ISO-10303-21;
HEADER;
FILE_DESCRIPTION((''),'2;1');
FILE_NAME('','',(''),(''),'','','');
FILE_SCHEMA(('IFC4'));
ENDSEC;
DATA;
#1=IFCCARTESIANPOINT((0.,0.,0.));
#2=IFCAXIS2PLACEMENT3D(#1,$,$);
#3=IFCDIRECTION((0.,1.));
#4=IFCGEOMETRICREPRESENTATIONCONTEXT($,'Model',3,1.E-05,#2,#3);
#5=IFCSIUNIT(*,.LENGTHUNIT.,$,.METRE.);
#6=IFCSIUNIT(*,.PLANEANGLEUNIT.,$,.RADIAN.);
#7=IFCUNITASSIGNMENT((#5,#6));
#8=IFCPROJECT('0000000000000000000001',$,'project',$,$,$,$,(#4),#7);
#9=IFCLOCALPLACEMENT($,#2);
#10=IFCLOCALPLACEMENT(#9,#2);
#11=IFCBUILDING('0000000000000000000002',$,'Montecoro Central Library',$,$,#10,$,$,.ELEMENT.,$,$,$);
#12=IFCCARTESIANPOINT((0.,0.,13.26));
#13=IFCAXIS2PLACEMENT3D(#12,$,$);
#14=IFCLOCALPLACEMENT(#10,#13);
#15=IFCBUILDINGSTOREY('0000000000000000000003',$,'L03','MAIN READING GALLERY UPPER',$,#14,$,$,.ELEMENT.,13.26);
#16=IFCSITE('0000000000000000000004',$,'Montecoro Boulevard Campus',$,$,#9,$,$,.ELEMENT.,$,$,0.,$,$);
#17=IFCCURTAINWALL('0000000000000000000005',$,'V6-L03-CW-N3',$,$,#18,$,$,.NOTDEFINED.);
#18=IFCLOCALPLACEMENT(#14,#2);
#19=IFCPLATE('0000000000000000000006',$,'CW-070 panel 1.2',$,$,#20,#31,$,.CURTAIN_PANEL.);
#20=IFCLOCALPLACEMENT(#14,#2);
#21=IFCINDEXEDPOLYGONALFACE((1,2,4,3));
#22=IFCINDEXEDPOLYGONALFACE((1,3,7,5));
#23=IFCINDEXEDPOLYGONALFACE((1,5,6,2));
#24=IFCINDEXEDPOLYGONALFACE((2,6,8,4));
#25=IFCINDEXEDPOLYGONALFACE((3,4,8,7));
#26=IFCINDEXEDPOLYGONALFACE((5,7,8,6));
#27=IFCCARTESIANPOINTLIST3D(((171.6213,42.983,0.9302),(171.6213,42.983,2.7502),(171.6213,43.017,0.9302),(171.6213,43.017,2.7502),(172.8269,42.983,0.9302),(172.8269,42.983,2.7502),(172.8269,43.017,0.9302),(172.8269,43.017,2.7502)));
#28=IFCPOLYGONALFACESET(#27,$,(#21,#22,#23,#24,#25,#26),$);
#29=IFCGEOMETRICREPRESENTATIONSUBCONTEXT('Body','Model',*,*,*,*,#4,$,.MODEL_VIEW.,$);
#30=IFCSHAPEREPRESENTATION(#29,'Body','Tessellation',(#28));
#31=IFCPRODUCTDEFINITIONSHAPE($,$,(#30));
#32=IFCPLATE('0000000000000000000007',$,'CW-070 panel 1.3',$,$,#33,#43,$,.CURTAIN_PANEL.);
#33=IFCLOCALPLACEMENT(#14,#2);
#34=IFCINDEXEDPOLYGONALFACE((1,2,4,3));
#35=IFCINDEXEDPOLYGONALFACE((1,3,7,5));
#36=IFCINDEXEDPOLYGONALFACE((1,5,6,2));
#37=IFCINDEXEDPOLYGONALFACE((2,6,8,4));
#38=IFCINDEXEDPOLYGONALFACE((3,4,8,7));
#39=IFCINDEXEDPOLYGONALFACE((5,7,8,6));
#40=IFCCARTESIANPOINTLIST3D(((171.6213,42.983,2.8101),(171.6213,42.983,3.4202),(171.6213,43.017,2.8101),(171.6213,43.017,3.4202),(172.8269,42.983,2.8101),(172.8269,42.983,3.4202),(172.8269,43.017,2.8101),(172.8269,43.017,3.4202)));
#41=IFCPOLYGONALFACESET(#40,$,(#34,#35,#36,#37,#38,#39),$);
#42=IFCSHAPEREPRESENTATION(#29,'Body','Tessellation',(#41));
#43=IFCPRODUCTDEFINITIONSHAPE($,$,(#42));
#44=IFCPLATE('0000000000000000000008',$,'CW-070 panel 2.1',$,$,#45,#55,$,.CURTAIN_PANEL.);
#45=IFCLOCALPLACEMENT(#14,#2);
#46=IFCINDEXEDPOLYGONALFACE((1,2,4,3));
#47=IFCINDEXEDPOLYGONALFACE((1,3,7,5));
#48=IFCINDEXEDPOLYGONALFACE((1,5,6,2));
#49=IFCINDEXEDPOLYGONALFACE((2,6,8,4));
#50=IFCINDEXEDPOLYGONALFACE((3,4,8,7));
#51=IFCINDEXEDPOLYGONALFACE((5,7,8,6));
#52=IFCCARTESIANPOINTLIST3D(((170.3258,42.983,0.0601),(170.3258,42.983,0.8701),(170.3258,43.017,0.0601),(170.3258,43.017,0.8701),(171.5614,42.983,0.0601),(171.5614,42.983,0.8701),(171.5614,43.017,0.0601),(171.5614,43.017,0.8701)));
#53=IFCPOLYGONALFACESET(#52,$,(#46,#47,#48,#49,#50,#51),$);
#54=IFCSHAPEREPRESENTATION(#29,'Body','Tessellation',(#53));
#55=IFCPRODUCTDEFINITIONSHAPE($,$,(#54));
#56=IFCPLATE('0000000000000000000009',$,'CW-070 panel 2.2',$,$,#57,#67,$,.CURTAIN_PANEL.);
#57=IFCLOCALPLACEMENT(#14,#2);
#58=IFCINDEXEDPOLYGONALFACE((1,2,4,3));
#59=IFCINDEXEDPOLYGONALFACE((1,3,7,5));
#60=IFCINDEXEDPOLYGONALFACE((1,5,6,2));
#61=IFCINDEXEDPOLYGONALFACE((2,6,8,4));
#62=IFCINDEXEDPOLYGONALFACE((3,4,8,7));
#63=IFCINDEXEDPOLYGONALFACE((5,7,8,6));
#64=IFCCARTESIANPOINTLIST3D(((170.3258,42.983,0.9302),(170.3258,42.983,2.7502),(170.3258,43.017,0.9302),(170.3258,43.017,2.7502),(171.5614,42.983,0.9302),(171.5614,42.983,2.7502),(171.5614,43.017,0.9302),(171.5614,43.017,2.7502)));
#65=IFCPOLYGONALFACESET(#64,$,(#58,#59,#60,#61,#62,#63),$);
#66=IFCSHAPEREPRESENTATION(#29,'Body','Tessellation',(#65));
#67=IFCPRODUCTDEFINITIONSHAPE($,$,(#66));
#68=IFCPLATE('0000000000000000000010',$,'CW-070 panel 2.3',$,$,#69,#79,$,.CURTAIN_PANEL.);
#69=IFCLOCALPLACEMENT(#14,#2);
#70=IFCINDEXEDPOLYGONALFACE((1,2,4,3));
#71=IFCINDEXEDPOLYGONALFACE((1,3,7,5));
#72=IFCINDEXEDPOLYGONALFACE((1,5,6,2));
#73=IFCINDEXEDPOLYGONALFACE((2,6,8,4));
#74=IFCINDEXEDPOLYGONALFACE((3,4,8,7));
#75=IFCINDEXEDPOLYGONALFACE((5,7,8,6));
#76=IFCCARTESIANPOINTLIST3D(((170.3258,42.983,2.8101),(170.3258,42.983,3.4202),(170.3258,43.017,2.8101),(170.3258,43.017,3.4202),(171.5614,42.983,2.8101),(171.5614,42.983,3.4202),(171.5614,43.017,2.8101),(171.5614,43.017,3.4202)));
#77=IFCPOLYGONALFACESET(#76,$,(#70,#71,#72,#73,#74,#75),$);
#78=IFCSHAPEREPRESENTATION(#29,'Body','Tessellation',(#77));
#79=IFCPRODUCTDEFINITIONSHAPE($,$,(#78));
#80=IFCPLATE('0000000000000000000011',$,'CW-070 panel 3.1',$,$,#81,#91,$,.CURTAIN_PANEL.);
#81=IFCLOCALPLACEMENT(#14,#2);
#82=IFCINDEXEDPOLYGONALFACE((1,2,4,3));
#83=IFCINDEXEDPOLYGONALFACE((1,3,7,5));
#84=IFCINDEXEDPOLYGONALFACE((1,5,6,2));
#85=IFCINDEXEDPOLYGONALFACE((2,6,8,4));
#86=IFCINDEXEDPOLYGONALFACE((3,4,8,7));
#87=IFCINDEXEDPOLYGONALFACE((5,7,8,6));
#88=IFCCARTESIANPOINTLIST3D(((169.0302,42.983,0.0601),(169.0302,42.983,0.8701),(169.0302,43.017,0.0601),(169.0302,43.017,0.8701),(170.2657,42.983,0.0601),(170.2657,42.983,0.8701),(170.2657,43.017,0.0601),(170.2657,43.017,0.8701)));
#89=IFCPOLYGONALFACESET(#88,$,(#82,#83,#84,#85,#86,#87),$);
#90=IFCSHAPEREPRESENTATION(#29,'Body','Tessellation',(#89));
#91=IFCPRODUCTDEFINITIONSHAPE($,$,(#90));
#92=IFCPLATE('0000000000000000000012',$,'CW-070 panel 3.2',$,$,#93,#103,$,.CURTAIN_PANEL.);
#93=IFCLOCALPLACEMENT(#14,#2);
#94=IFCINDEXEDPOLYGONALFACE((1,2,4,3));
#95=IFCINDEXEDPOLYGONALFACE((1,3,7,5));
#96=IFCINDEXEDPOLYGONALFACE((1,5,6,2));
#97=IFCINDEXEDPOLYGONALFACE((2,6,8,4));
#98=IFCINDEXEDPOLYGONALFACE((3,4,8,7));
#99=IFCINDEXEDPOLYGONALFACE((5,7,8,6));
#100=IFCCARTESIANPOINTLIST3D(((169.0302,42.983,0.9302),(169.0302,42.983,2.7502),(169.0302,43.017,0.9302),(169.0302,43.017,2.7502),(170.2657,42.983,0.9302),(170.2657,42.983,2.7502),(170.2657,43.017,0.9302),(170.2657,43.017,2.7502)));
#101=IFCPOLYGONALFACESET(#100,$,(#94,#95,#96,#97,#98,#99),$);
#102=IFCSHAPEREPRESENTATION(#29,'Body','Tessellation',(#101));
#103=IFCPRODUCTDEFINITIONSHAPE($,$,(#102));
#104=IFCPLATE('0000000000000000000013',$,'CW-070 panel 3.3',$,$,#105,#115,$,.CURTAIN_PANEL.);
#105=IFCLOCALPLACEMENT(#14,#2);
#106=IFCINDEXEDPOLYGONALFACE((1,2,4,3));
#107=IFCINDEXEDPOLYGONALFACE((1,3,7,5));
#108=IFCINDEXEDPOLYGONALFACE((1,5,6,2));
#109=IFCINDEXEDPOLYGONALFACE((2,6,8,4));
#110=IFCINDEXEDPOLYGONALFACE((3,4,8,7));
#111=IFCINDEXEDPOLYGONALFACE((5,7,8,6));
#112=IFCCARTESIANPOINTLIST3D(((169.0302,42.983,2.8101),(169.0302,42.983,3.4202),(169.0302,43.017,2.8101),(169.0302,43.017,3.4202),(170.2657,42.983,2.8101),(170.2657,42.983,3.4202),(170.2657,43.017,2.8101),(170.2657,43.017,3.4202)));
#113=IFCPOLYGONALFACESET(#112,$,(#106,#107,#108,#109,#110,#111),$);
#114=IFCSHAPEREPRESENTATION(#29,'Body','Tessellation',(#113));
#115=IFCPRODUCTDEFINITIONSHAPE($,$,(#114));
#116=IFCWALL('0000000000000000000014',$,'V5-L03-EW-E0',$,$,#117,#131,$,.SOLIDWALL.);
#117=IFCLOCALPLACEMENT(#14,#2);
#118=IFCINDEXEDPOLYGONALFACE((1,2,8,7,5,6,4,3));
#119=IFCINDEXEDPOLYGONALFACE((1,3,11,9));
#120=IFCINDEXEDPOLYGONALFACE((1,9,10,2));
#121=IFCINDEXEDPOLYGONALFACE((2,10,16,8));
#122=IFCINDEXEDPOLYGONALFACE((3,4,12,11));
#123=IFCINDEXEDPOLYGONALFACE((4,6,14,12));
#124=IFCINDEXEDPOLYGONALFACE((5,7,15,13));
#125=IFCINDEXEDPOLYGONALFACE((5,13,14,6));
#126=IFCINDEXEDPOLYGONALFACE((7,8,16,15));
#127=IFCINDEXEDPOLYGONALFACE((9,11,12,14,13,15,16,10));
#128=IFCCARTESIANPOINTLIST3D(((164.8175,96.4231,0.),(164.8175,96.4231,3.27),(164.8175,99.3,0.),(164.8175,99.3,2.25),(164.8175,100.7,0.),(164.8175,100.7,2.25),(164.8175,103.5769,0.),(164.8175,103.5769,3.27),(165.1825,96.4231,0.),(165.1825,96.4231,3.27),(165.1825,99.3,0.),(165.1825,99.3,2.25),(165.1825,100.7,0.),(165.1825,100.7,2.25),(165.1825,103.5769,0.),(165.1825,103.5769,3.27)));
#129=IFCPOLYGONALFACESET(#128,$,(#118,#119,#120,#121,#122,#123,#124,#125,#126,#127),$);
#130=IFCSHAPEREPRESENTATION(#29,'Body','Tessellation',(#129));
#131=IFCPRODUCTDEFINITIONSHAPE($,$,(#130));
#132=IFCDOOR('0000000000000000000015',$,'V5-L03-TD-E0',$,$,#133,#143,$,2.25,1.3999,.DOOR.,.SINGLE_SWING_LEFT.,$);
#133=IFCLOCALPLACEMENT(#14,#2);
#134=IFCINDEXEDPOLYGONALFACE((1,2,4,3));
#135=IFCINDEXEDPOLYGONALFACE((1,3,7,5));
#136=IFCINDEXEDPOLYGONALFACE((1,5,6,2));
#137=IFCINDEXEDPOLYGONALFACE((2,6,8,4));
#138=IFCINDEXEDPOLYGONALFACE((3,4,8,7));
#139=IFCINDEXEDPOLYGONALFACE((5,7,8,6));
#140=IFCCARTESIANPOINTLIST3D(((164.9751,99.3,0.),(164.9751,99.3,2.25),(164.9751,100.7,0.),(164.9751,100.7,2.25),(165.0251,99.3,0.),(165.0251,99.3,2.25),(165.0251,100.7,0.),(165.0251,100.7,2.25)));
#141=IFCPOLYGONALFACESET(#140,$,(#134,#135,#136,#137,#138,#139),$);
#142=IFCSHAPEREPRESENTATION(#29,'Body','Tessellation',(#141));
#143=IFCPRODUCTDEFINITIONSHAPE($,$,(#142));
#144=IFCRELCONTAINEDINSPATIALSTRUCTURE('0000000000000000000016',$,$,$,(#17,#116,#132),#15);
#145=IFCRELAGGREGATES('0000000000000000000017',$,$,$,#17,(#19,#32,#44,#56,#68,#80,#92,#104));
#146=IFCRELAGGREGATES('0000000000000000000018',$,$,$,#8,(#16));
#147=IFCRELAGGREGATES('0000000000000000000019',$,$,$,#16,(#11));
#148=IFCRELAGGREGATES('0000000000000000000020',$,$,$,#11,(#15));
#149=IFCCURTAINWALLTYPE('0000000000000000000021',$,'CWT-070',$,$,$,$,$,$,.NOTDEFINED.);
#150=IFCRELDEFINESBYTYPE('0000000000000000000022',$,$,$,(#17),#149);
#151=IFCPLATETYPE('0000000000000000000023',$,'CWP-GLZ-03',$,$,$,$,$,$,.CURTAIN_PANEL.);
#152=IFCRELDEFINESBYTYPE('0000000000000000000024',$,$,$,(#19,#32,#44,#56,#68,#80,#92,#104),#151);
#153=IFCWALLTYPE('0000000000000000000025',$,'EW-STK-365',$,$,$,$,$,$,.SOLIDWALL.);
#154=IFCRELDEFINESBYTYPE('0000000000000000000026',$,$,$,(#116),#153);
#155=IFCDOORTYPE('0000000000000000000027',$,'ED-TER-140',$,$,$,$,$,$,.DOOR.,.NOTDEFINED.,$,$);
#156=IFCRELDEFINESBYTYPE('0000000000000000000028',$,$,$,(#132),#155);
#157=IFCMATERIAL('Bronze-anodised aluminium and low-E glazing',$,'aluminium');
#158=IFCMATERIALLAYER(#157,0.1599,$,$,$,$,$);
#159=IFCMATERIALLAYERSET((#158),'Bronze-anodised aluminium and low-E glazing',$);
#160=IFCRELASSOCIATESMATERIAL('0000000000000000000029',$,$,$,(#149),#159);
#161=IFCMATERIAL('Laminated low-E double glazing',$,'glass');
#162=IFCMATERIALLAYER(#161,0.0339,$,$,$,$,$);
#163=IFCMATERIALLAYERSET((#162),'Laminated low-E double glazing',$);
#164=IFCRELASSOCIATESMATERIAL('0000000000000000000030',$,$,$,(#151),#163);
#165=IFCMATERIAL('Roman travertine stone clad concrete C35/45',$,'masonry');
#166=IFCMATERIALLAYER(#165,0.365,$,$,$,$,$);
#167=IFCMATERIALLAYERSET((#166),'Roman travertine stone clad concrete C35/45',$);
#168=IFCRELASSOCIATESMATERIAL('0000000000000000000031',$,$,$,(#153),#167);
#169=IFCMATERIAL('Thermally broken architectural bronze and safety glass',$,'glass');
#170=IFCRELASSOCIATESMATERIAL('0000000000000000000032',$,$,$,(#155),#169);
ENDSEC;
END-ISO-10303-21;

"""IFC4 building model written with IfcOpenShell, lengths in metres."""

from ifc_helpers import new_model, si_unit, direction, frame, frame_2d, origin, origin_2d, place, context, subcontext, project, spatial, rectangle, extrude, material, layer, layer_set, type_object, element, fill, aggregate, save


model = new_model("IFC4")

# Units and contexts
model_context = context("Model", 3, precision=1e-05, world=origin(), true_north=direction((0.0, 1.0)))
body_context = subcontext(model_context, "Body", "Model", "MODEL_VIEW")
ifc_project = project(units=[si_unit("LENGTHUNIT", "METRE"), si_unit("PLANEANGLEUNIT", "RADIAN")], contexts=[model_context])

# Site, building, storey
site_placement = place(None, origin())
site = spatial("IfcSite", under=ifc_project, at=site_placement, Name="Montecoro Boulevard Campus", CompositionType="ELEMENT", RefElevation=0.0)
building_placement = place(site_placement, origin())
building = spatial("IfcBuilding", under=site, at=building_placement, Name="Montecoro Central Library", CompositionType="ELEMENT")
storey_placement = place(building_placement, frame((0.0, 0.0, 13.26)))
storey = spatial("IfcBuildingStorey", under=building, at=storey_placement, Name="L03", Description="MAIN READING GALLERY UPPER", CompositionType="ELEMENT", Elevation=13.26)

# Curtain wall, plates
ifc_material_1 = material(Name="Bronze-anodised aluminium and low-E glazing", Category="aluminium")
ifc_layer_1 = layer(ifc_material_1, 0.1599)
ifc_layer_set_1 = layer_set([ifc_layer_1], Name="Bronze-anodised aluminium and low-E glazing")
curtain_wall_type = type_object("IfcCurtainWallType", Name="CWT-070", PredefinedType="NOTDEFINED", material=ifc_layer_set_1)
curtain_wall_placement = place(storey_placement, origin())
curtain_wall = element("IfcCurtainWall", 1, at=curtain_wall_placement, inside=storey, type_object=curtain_wall_type, Name="V6-L03-CW-N3", PredefinedType="NOTDEFINED")
ifc_material_2 = material(Name="Laminated low-E double glazing", Category="glass")
ifc_layer_2 = layer(ifc_material_2, 0.0339)
ifc_layer_set_2 = layer_set([ifc_layer_2], Name="Laminated low-E double glazing")
plate_type = type_object("IfcPlateType", Name="CWP-GLZ-03", PredefinedType="CURTAIN_PANEL", material=ifc_layer_set_2)
plate_1_placement = place(storey_placement, frame((172.2241, 43.0, 0.9302), z_axis=(0.0, 0.0, 1.0), x_axis=(-1.0, 0.0, 0.0)))
plate_1 = element("IfcPlate", 2, at=plate_1_placement, type_object=plate_type, Name="CW-070 panel 1.2", PredefinedType="CURTAIN_PANEL", context=body_context, shape_type="SweptSolid", body=[
    extrude(rectangle(XDim=1.2056, YDim=0.0339, at=origin_2d()), origin(), (0.0, 0.0, 1.0), 1.8201),
])
plate_2_placement = place(storey_placement, frame((172.2241, 43.0, 2.8101), z_axis=(0.0, 0.0, 1.0), x_axis=(-1.0, 0.0, 0.0)))
plate_2 = element("IfcPlate", 3, at=plate_2_placement, type_object=plate_type, Name="CW-070 panel 1.3", PredefinedType="CURTAIN_PANEL", context=body_context, shape_type="SweptSolid", body=[
    extrude(rectangle(XDim=1.2056, YDim=0.0339, at=origin_2d()), origin(), (0.0, 0.0, 1.0), 0.6101),
])
plate_3_placement = place(storey_placement, frame((170.9436, 43.0, 0.0601), z_axis=(0.0, 0.0, 1.0), x_axis=(-1.0, 0.0, 0.0)))
plate_3 = element("IfcPlate", 4, at=plate_3_placement, type_object=plate_type, Name="CW-070 panel 2.1", PredefinedType="CURTAIN_PANEL", context=body_context, shape_type="SweptSolid", body=[
    extrude(rectangle(XDim=1.2356, YDim=0.0339, at=origin_2d()), origin(), (0.0, 0.0, 1.0), 0.8101),
])
plate_4_placement = place(storey_placement, frame((170.9436, 43.0, 0.9302), z_axis=(0.0, 0.0, 1.0), x_axis=(-1.0, 0.0, 0.0)))
plate_4 = element("IfcPlate", 5, at=plate_4_placement, type_object=plate_type, Name="CW-070 panel 2.2", PredefinedType="CURTAIN_PANEL", context=body_context, shape_type="SweptSolid", body=[
    extrude(rectangle(XDim=1.2356, YDim=0.0339, at=origin_2d()), origin(), (0.0, 0.0, 1.0), 1.8201),
])
plate_5_placement = place(storey_placement, frame((170.9436, 43.0, 2.8101), z_axis=(0.0, 0.0, 1.0), x_axis=(-1.0, 0.0, 0.0)))
plate_5 = element("IfcPlate", 6, at=plate_5_placement, type_object=plate_type, Name="CW-070 panel 2.3", PredefinedType="CURTAIN_PANEL", context=body_context, shape_type="SweptSolid", body=[
    extrude(rectangle(XDim=1.2356, YDim=0.0339, at=origin_2d()), origin(), (0.0, 0.0, 1.0), 0.6101),
])
plate_6_placement = place(storey_placement, frame((169.6479, 43.0, 0.0601), z_axis=(0.0, 0.0, 1.0), x_axis=(-1.0, 0.0, 0.0)))
plate_6 = element("IfcPlate", 7, at=plate_6_placement, type_object=plate_type, Name="CW-070 panel 3.1", PredefinedType="CURTAIN_PANEL", context=body_context, shape_type="SweptSolid", body=[
    extrude(rectangle(XDim=1.2356, YDim=0.0339, at=origin_2d()), origin(), (0.0, 0.0, 1.0), 0.8101),
])
plate_7_placement = place(storey_placement, frame((169.6479, 43.0, 0.9302), z_axis=(0.0, 0.0, 1.0), x_axis=(-1.0, 0.0, 0.0)))
plate_7 = element("IfcPlate", 8, at=plate_7_placement, type_object=plate_type, Name="CW-070 panel 3.2", PredefinedType="CURTAIN_PANEL", context=body_context, shape_type="SweptSolid", body=[
    extrude(rectangle(XDim=1.2356, YDim=0.0339, at=origin_2d()), origin(), (0.0, 0.0, 1.0), 1.8201),
])
plate_8_placement = place(storey_placement, frame((169.6479, 43.0, 2.8101), z_axis=(0.0, 0.0, 1.0), x_axis=(-1.0, 0.0, 0.0)))
plate_8 = element("IfcPlate", 9, at=plate_8_placement, type_object=plate_type, Name="CW-070 panel 3.3", PredefinedType="CURTAIN_PANEL", context=body_context, shape_type="SweptSolid", body=[
    extrude(rectangle(XDim=1.2356, YDim=0.0339, at=origin_2d()), origin(), (0.0, 0.0, 1.0), 0.6101),
])
aggregate(curtain_wall, [plate_1, plate_2, plate_3, plate_4, plate_5, plate_6, plate_7, plate_8])

# Wall, opening, door
ifc_material_3 = material(Name="Roman travertine stone clad concrete C35/45", Category="masonry")
ifc_layer_3 = layer(ifc_material_3, 0.365)
ifc_layer_set_3 = layer_set([ifc_layer_3], Name="Roman travertine stone clad concrete C35/45")
wall_type = type_object("IfcWallType", Name="EW-STK-365", PredefinedType="SOLIDWALL", material=ifc_layer_set_3)
wall_placement = place(storey_placement, frame((165.0, 96.4231, 0.0), z_axis=(0.0, 0.0, 1.0), x_axis=(0.0, 1.0, 0.0)))
wall = element("IfcWall", 10, at=wall_placement, inside=storey, type_object=wall_type, Name="V5-L03-EW-E0", PredefinedType="SOLIDWALL", context=body_context, shape_type="SweptSolid", body=[
    extrude(rectangle(XDim=7.1538, YDim=0.365, at=frame_2d((3.5769, 0.0))), origin(), (0.0, 0.0, 1.0), 3.27),
])
opening_placement = place(wall_placement, frame((2.877, 0.0, 0.0)))
opening = element("IfcOpeningElement", 11, at=opening_placement, cuts=wall, PredefinedType="OPENING", context=body_context, shape_type="SweptSolid", body=[
    extrude(rectangle(XDim=1.3999, YDim=2.25, at=frame_2d((0.7, 1.125))), frame((0.0, 0.1924, 0.0), z_axis=(0.0, -1.0, 0.0), x_axis=(1.0, 0.0, 0.0)), (0.0, 0.0, 1.0), 0.385),
])
ifc_material_4 = material(Name="Thermally broken architectural bronze and safety glass", Category="glass")
door_type = type_object("IfcDoorType", Name="ED-TER-140", OperationType="NOTDEFINED", PredefinedType="DOOR", material=ifc_material_4)
door_placement = place(opening_placement, origin())
door = element("IfcDoor", 12, at=door_placement, inside=storey, type_object=door_type, Name="V5-L03-TD-E0", OperationType="SINGLE_SWING_LEFT", OverallHeight=2.25, OverallWidth=1.3999, PredefinedType="DOOR", context=body_context, shape_type="SweptSolid", body=[
    extrude(rectangle(XDim=1.3999, YDim=2.25, at=frame_2d((0.7, 1.125))), frame((0.0, 0.0249, 0.0), z_axis=(0.0, -1.0, 0.0), x_axis=(1.0, 0.0, 0.0)), (0.0, 0.0, 1.0), 0.05),
])
fill(opening, door)

save(model, "model.ifc")
